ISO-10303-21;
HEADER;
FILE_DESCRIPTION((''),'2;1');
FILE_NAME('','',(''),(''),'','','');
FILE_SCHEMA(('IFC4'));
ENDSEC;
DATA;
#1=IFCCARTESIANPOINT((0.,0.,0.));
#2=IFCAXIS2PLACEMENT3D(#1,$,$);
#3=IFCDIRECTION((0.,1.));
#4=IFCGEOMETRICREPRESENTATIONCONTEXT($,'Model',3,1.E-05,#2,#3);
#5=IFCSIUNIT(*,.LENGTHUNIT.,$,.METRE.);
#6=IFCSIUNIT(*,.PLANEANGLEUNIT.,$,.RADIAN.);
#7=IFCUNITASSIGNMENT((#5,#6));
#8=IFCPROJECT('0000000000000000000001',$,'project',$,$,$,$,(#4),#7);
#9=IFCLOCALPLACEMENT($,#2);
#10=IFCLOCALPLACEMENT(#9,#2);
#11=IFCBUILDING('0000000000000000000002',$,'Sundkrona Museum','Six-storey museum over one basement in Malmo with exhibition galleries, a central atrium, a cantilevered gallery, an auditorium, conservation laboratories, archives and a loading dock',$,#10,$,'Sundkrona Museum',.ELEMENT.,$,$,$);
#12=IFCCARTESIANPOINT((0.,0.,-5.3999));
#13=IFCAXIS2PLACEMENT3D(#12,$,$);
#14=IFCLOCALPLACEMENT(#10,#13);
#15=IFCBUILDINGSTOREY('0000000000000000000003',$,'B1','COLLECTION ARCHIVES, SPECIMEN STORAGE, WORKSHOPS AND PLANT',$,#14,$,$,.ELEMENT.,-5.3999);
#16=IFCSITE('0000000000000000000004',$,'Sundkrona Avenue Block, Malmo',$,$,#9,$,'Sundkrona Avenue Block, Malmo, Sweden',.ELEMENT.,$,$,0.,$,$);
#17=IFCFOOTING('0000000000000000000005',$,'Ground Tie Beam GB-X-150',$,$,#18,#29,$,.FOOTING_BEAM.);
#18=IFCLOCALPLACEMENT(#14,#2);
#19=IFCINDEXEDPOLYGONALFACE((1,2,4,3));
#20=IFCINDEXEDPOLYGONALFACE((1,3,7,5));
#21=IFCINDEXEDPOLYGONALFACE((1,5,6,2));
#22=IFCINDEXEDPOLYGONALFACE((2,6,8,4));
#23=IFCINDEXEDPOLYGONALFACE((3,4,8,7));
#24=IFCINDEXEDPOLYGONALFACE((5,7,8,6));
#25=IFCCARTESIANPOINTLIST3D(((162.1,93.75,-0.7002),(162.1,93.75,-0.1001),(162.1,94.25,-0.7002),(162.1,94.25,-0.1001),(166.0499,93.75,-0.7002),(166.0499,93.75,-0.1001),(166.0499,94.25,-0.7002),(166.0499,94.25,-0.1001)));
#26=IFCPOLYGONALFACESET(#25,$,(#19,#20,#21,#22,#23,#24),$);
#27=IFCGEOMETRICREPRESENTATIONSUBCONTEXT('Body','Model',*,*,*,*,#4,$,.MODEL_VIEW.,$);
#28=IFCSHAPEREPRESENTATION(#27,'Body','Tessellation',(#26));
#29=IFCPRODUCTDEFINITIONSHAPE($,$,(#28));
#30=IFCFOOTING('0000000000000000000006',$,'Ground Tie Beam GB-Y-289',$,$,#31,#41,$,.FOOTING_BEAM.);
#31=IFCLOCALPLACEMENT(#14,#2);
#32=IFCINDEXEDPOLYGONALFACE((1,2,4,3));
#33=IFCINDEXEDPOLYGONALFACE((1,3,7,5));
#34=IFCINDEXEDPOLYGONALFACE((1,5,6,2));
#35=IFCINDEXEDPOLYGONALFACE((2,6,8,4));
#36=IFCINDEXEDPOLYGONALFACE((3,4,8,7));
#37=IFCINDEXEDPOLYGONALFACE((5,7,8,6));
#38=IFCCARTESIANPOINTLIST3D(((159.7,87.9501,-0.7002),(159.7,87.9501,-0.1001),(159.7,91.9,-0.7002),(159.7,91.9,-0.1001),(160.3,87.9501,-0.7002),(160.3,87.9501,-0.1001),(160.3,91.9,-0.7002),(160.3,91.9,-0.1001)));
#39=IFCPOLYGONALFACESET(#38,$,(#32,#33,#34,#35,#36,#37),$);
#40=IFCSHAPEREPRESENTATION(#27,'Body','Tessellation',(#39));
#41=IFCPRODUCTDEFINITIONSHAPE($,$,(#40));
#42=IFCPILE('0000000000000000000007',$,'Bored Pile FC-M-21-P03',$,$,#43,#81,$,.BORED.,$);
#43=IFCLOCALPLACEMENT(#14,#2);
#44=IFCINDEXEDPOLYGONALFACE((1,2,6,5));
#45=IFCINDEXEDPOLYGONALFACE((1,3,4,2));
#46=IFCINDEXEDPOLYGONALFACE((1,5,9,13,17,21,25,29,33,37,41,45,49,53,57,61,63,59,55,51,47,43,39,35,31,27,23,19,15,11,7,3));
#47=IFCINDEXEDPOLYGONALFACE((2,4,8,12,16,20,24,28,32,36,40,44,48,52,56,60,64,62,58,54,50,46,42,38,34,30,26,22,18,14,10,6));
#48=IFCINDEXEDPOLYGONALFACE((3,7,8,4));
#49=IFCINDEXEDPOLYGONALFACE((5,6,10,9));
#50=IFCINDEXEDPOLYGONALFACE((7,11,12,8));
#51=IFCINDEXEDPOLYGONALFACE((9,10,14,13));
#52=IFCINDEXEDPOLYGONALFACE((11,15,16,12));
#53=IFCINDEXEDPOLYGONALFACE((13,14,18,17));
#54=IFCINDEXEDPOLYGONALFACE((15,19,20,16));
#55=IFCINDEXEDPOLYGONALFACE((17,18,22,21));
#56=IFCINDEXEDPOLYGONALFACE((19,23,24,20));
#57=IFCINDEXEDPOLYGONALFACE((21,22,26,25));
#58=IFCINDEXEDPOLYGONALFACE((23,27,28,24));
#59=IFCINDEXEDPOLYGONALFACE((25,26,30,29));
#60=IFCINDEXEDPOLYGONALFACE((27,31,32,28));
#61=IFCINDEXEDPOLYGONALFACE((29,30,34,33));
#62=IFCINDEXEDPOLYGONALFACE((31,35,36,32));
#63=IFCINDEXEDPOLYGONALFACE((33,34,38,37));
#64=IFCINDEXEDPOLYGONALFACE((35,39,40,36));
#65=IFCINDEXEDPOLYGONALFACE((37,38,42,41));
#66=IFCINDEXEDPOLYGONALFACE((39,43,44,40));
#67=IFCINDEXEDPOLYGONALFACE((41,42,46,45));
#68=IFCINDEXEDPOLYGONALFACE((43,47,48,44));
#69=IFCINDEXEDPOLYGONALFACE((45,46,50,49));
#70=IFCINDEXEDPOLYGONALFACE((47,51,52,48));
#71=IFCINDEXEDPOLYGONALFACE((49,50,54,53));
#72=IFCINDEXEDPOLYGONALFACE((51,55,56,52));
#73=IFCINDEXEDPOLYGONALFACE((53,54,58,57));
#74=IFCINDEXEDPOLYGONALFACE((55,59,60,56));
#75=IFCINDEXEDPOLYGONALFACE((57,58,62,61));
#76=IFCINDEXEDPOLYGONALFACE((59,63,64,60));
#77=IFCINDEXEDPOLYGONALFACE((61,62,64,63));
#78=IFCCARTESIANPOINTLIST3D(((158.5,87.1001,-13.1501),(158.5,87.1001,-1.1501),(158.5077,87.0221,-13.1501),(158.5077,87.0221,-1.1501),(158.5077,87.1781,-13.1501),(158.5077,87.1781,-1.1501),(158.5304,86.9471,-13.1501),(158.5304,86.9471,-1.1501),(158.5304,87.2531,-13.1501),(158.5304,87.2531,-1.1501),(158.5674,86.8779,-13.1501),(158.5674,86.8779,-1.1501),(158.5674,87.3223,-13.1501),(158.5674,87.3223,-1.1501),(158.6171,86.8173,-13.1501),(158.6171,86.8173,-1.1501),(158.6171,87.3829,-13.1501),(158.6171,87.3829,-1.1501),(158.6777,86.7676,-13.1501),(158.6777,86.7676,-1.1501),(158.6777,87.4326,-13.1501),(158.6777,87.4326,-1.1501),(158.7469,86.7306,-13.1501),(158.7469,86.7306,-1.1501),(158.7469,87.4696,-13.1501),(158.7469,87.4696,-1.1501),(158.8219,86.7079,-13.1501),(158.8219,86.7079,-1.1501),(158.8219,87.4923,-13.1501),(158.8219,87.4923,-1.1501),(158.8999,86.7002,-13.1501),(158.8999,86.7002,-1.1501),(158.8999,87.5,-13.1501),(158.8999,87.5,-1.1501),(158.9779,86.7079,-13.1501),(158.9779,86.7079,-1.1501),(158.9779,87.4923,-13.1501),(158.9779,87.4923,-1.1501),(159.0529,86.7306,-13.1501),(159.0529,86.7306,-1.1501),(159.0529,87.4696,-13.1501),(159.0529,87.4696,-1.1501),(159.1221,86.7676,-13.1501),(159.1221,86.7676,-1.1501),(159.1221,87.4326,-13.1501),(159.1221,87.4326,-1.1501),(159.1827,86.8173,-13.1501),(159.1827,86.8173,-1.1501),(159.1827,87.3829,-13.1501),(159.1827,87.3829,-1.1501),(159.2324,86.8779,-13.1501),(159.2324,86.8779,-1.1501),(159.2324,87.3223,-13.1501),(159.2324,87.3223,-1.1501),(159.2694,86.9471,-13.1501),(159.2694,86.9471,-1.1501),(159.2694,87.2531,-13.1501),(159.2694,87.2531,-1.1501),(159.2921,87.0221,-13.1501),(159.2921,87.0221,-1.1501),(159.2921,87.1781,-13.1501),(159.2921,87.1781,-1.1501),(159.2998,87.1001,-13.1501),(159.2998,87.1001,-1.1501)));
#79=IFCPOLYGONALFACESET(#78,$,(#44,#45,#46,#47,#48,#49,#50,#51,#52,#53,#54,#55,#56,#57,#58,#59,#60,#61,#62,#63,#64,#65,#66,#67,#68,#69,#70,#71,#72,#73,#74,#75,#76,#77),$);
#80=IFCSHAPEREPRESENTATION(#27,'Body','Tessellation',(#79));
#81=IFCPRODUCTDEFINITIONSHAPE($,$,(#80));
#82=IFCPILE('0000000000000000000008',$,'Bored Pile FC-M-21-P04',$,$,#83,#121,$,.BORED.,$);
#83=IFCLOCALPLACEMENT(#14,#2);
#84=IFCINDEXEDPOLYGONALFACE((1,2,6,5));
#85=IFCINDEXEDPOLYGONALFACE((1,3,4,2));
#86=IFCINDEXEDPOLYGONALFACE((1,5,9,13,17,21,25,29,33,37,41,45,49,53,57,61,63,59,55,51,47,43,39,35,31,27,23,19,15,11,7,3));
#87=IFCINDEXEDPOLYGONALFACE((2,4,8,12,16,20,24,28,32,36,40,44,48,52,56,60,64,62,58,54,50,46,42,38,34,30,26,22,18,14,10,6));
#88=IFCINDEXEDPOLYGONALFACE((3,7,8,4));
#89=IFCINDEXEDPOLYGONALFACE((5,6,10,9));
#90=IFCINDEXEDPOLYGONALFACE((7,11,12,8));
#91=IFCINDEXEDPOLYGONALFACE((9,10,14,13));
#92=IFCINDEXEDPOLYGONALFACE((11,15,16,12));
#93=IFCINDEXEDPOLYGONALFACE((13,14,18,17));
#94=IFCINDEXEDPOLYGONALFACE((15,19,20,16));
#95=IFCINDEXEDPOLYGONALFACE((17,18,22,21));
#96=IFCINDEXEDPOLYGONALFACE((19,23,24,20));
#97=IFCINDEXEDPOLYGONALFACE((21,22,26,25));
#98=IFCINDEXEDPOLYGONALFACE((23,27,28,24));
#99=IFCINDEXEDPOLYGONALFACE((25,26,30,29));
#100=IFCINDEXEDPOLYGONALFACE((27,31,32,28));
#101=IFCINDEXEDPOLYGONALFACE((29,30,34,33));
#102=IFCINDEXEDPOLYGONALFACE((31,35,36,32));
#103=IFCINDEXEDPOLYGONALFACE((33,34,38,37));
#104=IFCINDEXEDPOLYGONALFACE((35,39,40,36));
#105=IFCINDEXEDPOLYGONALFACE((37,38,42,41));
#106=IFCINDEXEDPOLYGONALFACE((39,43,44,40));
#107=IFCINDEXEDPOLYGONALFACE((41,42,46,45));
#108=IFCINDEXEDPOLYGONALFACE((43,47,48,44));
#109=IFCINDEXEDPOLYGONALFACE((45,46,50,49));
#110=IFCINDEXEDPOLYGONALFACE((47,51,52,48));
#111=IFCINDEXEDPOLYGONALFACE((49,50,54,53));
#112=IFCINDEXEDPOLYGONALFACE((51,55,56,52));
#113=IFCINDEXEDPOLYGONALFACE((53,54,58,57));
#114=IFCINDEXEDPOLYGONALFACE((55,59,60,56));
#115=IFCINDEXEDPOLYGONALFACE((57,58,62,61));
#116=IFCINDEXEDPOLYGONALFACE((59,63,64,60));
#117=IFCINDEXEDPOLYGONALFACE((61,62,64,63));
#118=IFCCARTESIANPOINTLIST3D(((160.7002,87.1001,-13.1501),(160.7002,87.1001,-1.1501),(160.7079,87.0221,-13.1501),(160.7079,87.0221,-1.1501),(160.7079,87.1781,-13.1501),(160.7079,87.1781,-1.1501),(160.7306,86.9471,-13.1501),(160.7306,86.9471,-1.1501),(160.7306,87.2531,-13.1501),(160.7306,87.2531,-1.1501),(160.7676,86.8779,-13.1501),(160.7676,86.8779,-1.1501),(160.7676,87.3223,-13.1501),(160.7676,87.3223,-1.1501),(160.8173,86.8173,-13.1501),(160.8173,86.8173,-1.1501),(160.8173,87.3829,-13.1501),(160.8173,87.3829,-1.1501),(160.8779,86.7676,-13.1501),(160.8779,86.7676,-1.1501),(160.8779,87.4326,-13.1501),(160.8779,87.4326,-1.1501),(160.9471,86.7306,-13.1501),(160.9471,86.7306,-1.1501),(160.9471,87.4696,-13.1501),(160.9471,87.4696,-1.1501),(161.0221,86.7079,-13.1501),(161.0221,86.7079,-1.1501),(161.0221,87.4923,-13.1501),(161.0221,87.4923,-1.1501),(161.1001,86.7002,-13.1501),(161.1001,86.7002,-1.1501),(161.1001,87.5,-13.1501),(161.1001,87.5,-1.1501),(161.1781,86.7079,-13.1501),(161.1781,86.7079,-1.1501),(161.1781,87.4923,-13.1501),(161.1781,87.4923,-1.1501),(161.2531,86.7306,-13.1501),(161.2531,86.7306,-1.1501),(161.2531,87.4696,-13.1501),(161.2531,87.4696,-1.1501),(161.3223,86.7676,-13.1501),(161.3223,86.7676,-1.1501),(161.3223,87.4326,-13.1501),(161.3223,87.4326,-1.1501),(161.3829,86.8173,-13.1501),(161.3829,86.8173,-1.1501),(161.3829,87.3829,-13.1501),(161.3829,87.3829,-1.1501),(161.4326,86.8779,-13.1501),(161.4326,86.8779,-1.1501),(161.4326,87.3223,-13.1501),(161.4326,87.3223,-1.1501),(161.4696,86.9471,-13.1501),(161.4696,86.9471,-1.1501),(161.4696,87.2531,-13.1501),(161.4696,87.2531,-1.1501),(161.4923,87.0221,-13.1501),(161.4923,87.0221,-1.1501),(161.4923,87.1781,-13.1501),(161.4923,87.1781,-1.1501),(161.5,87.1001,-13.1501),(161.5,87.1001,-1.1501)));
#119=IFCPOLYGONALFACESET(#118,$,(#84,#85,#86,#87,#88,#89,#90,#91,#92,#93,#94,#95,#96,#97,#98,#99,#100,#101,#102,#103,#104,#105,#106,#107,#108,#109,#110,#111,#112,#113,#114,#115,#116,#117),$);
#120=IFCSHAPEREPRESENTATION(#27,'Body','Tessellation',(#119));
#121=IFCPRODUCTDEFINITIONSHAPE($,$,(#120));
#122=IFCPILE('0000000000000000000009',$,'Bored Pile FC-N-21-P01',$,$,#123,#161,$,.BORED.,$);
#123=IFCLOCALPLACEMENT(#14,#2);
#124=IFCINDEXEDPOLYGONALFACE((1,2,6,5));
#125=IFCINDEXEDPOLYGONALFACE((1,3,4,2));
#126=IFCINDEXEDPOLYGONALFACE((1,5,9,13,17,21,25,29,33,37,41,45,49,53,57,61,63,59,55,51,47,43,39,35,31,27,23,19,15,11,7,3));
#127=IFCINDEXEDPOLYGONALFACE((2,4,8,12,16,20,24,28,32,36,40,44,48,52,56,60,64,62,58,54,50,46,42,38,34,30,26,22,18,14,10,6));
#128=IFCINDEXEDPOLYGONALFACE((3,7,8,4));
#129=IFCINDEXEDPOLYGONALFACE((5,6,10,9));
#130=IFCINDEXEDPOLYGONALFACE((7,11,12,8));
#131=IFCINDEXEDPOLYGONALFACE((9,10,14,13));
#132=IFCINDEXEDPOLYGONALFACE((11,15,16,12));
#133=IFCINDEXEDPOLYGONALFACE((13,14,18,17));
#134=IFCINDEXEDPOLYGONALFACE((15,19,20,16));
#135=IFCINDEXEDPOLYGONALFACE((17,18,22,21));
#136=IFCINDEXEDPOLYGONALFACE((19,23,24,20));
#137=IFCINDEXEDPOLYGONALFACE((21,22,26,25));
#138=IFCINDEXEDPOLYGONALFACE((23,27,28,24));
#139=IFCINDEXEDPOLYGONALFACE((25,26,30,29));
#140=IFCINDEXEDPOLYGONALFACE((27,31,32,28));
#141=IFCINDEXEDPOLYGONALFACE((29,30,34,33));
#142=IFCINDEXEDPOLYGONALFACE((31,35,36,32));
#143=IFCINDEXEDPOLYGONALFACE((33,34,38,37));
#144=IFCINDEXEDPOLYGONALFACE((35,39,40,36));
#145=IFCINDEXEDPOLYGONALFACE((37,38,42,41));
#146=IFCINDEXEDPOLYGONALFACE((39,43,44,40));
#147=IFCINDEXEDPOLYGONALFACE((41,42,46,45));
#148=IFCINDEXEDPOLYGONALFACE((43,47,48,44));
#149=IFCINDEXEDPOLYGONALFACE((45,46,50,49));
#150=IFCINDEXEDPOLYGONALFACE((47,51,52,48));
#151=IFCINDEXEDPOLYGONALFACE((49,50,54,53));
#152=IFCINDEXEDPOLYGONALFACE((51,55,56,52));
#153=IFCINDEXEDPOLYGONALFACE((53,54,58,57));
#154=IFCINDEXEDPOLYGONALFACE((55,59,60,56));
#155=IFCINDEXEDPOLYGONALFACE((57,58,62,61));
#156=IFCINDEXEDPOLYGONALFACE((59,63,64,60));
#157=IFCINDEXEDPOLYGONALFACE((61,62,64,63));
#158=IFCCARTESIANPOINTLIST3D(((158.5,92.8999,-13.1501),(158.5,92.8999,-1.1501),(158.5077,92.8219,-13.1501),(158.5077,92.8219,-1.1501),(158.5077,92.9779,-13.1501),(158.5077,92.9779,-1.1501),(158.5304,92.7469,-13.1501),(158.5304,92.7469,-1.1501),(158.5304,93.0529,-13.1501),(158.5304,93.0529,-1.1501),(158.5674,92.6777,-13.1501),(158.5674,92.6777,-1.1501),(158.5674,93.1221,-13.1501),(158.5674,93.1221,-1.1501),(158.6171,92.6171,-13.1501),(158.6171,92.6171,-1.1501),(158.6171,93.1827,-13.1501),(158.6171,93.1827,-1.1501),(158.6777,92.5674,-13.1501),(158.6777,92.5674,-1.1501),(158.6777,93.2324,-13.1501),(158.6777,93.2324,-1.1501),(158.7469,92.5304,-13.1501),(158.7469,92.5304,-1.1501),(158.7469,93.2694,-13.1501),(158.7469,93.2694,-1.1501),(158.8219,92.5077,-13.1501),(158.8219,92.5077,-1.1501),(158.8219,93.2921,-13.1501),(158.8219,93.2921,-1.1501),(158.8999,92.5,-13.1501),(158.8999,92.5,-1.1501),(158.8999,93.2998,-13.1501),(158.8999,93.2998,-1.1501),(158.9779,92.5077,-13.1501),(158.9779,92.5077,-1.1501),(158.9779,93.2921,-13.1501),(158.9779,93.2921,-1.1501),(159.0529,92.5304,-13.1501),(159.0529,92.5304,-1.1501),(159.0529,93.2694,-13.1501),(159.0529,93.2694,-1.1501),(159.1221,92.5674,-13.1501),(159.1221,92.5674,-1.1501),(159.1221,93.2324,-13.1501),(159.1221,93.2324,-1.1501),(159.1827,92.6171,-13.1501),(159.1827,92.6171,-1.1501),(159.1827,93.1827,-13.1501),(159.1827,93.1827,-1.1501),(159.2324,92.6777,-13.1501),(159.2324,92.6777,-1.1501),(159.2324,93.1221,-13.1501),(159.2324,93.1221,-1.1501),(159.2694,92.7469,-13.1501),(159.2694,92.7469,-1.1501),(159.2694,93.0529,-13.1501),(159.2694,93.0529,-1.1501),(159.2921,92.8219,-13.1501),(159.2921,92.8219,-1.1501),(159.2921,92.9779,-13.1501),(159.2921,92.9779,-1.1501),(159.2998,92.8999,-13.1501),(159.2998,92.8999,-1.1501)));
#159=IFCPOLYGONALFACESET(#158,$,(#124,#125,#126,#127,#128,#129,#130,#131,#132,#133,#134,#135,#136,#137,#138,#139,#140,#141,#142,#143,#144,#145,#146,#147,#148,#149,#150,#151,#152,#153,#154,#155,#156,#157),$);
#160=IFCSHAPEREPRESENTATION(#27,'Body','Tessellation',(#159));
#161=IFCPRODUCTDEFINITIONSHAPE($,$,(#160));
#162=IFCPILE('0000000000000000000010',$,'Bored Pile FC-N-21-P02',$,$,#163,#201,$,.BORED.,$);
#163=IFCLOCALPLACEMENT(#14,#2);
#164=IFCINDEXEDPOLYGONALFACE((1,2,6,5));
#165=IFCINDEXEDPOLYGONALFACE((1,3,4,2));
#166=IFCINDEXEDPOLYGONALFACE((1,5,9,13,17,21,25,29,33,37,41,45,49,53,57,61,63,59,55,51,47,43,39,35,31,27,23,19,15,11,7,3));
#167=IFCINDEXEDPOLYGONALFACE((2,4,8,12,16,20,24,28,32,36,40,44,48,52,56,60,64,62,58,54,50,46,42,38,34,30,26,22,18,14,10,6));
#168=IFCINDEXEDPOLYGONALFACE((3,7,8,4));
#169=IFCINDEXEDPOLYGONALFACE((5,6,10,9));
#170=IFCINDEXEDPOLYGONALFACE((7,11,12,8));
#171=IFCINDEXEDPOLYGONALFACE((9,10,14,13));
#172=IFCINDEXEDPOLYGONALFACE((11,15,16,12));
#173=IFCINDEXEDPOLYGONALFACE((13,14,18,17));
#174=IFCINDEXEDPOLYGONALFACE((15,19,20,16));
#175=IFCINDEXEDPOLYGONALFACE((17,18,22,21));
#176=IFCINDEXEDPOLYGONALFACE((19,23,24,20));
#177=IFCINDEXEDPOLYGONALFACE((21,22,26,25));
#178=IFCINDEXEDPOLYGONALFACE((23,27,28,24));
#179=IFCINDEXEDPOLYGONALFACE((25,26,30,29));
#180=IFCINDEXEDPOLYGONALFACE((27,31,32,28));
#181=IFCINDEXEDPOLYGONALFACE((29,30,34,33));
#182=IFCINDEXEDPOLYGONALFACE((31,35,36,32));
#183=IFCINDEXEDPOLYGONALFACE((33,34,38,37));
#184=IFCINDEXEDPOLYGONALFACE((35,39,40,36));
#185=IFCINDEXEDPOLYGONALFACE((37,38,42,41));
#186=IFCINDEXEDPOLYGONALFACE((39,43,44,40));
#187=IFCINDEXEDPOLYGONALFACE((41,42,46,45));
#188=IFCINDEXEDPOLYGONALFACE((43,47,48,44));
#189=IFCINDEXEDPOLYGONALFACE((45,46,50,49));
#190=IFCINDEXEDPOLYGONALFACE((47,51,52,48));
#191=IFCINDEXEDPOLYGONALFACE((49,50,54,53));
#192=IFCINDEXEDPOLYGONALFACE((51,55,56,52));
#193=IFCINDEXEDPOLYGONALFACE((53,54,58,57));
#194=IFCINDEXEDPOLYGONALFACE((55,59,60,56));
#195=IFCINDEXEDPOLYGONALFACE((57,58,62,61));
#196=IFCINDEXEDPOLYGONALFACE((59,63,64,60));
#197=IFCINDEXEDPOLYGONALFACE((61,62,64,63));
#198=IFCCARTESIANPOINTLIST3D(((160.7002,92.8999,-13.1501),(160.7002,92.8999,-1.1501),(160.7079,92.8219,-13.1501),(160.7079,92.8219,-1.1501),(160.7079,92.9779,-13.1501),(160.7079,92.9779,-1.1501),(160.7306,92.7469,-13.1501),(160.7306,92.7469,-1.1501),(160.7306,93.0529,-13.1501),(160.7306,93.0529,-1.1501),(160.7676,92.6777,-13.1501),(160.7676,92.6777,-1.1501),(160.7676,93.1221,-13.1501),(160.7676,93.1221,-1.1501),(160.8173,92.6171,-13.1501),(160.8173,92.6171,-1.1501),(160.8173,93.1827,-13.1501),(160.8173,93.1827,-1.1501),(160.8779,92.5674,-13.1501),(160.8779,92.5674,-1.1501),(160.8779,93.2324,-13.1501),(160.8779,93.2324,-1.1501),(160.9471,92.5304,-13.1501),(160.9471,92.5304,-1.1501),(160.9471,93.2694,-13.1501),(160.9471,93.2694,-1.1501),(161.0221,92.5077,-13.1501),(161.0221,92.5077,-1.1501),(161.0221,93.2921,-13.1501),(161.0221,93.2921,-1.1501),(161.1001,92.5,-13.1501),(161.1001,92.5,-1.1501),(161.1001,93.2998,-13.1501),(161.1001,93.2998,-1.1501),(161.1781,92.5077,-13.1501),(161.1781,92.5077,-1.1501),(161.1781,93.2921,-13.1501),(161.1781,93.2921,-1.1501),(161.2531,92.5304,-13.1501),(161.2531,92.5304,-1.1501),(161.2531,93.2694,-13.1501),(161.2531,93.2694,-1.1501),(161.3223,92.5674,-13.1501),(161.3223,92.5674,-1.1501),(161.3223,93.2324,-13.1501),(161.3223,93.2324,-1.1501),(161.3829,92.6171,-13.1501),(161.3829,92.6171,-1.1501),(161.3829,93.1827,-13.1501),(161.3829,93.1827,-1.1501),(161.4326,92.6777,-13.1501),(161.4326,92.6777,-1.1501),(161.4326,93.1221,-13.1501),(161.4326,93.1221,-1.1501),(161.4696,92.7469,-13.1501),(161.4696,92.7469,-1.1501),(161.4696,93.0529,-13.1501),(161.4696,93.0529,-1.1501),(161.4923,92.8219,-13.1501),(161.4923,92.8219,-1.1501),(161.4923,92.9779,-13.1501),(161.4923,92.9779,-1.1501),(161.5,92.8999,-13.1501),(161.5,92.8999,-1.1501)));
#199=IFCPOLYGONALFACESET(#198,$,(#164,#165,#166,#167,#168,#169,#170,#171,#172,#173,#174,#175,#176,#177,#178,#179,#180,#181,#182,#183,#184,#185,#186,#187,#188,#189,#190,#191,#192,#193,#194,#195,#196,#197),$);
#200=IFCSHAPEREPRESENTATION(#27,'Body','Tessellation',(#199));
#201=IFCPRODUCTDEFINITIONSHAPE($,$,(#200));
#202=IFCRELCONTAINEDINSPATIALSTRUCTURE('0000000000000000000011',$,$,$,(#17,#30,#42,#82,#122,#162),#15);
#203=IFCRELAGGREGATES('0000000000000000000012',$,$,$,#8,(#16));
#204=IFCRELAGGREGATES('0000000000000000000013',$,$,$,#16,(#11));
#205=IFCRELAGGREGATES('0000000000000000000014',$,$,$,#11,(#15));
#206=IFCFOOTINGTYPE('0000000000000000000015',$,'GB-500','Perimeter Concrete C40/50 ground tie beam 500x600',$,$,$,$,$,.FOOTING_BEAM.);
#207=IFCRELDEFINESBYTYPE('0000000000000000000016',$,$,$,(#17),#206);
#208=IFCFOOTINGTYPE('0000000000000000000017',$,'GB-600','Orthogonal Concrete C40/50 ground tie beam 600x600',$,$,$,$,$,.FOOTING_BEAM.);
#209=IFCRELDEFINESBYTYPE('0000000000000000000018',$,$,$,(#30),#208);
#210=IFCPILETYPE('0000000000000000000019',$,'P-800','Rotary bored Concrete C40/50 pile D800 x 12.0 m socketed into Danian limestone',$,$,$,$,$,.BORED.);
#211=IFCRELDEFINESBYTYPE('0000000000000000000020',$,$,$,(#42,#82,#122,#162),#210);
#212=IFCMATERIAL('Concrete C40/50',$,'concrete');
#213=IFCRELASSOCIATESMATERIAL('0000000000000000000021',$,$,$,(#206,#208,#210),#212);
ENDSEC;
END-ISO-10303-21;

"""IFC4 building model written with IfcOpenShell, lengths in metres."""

from ifc_helpers import new_model, si_unit, direction, frame, origin, origin_2d, place, context, subcontext, project, spatial, rectangle, circle, extrude, material, material_profile, profile_set, type_object, element, save


model = new_model("IFC4")

# Units and contexts
model_context = context("Model", 3, precision=1e-05, world=origin(), true_north=direction((0.0, 1.0)))
body_context = subcontext(model_context, "Body", "Model", "MODEL_VIEW")
ifc_project = project(units=[si_unit("LENGTHUNIT", "METRE"), si_unit("PLANEANGLEUNIT", "RADIAN")], contexts=[model_context])

# Site, building, storey
site_placement = place(None, origin())
site = spatial("IfcSite", under=ifc_project, at=site_placement, Name="Sundkrona Avenue Block, Malmo", LongName="Sundkrona Avenue Block, Malmo, Sweden", CompositionType="ELEMENT", RefElevation=0.0)
building_placement = place(site_placement, origin())
building = spatial("IfcBuilding", under=site, at=building_placement, Name="Sundkrona Museum", Description="Six-storey museum over one basement in Malmo with exhibition galleries, a central atrium, a cantilevered gallery, an auditorium, conservation laboratories, archives and a loading dock", LongName="Sundkrona Museum", CompositionType="ELEMENT")
storey_placement = place(building_placement, frame((0.0, 0.0, -5.3999)))
storey = spatial("IfcBuildingStorey", under=building, at=storey_placement, Name="B1", Description="COLLECTION ARCHIVES, SPECIMEN STORAGE, WORKSHOPS AND PLANT", CompositionType="ELEMENT", Elevation=-5.3999)

# Footings
ifc_material_1 = material(Name="Concrete C40/50", Category="concrete")
footing_type_1 = type_object("IfcFootingType", Name="GB-500", Description="Perimeter Concrete C40/50 ground tie beam 500x600", PredefinedType="FOOTING_BEAM", material=ifc_material_1)
footing_1_placement = place(storey_placement, frame((164.075, 94.0, -0.7002), z_axis=(0.0, 0.0, 1.0), x_axis=(1.0, 0.0, 0.0)))
element("IfcFooting", 1, at=footing_1_placement, inside=storey, type_object=footing_type_1, Name="Ground Tie Beam GB-X-150", PredefinedType="FOOTING_BEAM", context=body_context, shape_type="SweptSolid", body=[
    extrude(rectangle(XDim=3.95, YDim=0.5, at=origin_2d()), origin(), (0.0, 0.0, 1.0), 0.6001),
])
footing_type_2 = type_object("IfcFootingType", Name="GB-600", Description="Orthogonal Concrete C40/50 ground tie beam 600x600", PredefinedType="FOOTING_BEAM", material=ifc_material_1)
footing_2_placement = place(storey_placement, frame((160.0, 89.925, -0.7002), z_axis=(0.0, 0.0, 1.0), x_axis=(0.0, 1.0, 0.0)))
element("IfcFooting", 2, at=footing_2_placement, inside=storey, type_object=footing_type_2, Name="Ground Tie Beam GB-Y-289", PredefinedType="FOOTING_BEAM", context=body_context, shape_type="SweptSolid", body=[
    extrude(rectangle(XDim=3.95, YDim=0.6001, at=origin_2d()), origin(), (0.0, 0.0, 1.0), 0.6001),
])

# Piles
ifc_material_profile_1 = material_profile(ifc_material_1, circle(Radius=0.3999, at=origin_2d()), Name="PILE D800")
ifc_profile_set_1 = profile_set([ifc_material_profile_1], Name="Concrete C40/50")
pile_type = type_object("IfcPileType", Name="P-800", Description="Rotary bored Concrete C40/50 pile D800 x 12.0 m socketed into Danian limestone", PredefinedType="BORED", material=ifc_profile_set_1)
for number, where, z_axis, x_axis, name in (
    (3, (158.8999, 87.1001, -1.1501), (0.0, 0.0, -1.0), (1.0, 0.0, 0.0), "Bored Pile FC-M-21-P03"),
    (4, (161.1001, 87.1001, -1.1501), (0.0, 0.0, -1.0), (1.0, 0.0, 0.0), "Bored Pile FC-M-21-P04"),
    (5, (158.8999, 92.8999, -1.1501), (0.0, 0.0, -1.0), (1.0, 0.0, 0.0), "Bored Pile FC-N-21-P01"),
    (6, (161.1001, 92.8999, -1.1501), (0.0, 0.0, -1.0), (1.0, 0.0, 0.0), "Bored Pile FC-N-21-P02"),
):
    element("IfcPile", number, at=place(storey_placement, frame(where, z_axis=z_axis, x_axis=x_axis)), inside=storey, type_object=pile_type, Name=name, PredefinedType="BORED", context=body_context, shape_type="SweptSolid", body=[
        extrude(circle(Radius=0.3999, at=origin_2d()), origin(), (0.0, 0.0, 1.0), 12.0),
    ])

save(model, "model.ifc")
